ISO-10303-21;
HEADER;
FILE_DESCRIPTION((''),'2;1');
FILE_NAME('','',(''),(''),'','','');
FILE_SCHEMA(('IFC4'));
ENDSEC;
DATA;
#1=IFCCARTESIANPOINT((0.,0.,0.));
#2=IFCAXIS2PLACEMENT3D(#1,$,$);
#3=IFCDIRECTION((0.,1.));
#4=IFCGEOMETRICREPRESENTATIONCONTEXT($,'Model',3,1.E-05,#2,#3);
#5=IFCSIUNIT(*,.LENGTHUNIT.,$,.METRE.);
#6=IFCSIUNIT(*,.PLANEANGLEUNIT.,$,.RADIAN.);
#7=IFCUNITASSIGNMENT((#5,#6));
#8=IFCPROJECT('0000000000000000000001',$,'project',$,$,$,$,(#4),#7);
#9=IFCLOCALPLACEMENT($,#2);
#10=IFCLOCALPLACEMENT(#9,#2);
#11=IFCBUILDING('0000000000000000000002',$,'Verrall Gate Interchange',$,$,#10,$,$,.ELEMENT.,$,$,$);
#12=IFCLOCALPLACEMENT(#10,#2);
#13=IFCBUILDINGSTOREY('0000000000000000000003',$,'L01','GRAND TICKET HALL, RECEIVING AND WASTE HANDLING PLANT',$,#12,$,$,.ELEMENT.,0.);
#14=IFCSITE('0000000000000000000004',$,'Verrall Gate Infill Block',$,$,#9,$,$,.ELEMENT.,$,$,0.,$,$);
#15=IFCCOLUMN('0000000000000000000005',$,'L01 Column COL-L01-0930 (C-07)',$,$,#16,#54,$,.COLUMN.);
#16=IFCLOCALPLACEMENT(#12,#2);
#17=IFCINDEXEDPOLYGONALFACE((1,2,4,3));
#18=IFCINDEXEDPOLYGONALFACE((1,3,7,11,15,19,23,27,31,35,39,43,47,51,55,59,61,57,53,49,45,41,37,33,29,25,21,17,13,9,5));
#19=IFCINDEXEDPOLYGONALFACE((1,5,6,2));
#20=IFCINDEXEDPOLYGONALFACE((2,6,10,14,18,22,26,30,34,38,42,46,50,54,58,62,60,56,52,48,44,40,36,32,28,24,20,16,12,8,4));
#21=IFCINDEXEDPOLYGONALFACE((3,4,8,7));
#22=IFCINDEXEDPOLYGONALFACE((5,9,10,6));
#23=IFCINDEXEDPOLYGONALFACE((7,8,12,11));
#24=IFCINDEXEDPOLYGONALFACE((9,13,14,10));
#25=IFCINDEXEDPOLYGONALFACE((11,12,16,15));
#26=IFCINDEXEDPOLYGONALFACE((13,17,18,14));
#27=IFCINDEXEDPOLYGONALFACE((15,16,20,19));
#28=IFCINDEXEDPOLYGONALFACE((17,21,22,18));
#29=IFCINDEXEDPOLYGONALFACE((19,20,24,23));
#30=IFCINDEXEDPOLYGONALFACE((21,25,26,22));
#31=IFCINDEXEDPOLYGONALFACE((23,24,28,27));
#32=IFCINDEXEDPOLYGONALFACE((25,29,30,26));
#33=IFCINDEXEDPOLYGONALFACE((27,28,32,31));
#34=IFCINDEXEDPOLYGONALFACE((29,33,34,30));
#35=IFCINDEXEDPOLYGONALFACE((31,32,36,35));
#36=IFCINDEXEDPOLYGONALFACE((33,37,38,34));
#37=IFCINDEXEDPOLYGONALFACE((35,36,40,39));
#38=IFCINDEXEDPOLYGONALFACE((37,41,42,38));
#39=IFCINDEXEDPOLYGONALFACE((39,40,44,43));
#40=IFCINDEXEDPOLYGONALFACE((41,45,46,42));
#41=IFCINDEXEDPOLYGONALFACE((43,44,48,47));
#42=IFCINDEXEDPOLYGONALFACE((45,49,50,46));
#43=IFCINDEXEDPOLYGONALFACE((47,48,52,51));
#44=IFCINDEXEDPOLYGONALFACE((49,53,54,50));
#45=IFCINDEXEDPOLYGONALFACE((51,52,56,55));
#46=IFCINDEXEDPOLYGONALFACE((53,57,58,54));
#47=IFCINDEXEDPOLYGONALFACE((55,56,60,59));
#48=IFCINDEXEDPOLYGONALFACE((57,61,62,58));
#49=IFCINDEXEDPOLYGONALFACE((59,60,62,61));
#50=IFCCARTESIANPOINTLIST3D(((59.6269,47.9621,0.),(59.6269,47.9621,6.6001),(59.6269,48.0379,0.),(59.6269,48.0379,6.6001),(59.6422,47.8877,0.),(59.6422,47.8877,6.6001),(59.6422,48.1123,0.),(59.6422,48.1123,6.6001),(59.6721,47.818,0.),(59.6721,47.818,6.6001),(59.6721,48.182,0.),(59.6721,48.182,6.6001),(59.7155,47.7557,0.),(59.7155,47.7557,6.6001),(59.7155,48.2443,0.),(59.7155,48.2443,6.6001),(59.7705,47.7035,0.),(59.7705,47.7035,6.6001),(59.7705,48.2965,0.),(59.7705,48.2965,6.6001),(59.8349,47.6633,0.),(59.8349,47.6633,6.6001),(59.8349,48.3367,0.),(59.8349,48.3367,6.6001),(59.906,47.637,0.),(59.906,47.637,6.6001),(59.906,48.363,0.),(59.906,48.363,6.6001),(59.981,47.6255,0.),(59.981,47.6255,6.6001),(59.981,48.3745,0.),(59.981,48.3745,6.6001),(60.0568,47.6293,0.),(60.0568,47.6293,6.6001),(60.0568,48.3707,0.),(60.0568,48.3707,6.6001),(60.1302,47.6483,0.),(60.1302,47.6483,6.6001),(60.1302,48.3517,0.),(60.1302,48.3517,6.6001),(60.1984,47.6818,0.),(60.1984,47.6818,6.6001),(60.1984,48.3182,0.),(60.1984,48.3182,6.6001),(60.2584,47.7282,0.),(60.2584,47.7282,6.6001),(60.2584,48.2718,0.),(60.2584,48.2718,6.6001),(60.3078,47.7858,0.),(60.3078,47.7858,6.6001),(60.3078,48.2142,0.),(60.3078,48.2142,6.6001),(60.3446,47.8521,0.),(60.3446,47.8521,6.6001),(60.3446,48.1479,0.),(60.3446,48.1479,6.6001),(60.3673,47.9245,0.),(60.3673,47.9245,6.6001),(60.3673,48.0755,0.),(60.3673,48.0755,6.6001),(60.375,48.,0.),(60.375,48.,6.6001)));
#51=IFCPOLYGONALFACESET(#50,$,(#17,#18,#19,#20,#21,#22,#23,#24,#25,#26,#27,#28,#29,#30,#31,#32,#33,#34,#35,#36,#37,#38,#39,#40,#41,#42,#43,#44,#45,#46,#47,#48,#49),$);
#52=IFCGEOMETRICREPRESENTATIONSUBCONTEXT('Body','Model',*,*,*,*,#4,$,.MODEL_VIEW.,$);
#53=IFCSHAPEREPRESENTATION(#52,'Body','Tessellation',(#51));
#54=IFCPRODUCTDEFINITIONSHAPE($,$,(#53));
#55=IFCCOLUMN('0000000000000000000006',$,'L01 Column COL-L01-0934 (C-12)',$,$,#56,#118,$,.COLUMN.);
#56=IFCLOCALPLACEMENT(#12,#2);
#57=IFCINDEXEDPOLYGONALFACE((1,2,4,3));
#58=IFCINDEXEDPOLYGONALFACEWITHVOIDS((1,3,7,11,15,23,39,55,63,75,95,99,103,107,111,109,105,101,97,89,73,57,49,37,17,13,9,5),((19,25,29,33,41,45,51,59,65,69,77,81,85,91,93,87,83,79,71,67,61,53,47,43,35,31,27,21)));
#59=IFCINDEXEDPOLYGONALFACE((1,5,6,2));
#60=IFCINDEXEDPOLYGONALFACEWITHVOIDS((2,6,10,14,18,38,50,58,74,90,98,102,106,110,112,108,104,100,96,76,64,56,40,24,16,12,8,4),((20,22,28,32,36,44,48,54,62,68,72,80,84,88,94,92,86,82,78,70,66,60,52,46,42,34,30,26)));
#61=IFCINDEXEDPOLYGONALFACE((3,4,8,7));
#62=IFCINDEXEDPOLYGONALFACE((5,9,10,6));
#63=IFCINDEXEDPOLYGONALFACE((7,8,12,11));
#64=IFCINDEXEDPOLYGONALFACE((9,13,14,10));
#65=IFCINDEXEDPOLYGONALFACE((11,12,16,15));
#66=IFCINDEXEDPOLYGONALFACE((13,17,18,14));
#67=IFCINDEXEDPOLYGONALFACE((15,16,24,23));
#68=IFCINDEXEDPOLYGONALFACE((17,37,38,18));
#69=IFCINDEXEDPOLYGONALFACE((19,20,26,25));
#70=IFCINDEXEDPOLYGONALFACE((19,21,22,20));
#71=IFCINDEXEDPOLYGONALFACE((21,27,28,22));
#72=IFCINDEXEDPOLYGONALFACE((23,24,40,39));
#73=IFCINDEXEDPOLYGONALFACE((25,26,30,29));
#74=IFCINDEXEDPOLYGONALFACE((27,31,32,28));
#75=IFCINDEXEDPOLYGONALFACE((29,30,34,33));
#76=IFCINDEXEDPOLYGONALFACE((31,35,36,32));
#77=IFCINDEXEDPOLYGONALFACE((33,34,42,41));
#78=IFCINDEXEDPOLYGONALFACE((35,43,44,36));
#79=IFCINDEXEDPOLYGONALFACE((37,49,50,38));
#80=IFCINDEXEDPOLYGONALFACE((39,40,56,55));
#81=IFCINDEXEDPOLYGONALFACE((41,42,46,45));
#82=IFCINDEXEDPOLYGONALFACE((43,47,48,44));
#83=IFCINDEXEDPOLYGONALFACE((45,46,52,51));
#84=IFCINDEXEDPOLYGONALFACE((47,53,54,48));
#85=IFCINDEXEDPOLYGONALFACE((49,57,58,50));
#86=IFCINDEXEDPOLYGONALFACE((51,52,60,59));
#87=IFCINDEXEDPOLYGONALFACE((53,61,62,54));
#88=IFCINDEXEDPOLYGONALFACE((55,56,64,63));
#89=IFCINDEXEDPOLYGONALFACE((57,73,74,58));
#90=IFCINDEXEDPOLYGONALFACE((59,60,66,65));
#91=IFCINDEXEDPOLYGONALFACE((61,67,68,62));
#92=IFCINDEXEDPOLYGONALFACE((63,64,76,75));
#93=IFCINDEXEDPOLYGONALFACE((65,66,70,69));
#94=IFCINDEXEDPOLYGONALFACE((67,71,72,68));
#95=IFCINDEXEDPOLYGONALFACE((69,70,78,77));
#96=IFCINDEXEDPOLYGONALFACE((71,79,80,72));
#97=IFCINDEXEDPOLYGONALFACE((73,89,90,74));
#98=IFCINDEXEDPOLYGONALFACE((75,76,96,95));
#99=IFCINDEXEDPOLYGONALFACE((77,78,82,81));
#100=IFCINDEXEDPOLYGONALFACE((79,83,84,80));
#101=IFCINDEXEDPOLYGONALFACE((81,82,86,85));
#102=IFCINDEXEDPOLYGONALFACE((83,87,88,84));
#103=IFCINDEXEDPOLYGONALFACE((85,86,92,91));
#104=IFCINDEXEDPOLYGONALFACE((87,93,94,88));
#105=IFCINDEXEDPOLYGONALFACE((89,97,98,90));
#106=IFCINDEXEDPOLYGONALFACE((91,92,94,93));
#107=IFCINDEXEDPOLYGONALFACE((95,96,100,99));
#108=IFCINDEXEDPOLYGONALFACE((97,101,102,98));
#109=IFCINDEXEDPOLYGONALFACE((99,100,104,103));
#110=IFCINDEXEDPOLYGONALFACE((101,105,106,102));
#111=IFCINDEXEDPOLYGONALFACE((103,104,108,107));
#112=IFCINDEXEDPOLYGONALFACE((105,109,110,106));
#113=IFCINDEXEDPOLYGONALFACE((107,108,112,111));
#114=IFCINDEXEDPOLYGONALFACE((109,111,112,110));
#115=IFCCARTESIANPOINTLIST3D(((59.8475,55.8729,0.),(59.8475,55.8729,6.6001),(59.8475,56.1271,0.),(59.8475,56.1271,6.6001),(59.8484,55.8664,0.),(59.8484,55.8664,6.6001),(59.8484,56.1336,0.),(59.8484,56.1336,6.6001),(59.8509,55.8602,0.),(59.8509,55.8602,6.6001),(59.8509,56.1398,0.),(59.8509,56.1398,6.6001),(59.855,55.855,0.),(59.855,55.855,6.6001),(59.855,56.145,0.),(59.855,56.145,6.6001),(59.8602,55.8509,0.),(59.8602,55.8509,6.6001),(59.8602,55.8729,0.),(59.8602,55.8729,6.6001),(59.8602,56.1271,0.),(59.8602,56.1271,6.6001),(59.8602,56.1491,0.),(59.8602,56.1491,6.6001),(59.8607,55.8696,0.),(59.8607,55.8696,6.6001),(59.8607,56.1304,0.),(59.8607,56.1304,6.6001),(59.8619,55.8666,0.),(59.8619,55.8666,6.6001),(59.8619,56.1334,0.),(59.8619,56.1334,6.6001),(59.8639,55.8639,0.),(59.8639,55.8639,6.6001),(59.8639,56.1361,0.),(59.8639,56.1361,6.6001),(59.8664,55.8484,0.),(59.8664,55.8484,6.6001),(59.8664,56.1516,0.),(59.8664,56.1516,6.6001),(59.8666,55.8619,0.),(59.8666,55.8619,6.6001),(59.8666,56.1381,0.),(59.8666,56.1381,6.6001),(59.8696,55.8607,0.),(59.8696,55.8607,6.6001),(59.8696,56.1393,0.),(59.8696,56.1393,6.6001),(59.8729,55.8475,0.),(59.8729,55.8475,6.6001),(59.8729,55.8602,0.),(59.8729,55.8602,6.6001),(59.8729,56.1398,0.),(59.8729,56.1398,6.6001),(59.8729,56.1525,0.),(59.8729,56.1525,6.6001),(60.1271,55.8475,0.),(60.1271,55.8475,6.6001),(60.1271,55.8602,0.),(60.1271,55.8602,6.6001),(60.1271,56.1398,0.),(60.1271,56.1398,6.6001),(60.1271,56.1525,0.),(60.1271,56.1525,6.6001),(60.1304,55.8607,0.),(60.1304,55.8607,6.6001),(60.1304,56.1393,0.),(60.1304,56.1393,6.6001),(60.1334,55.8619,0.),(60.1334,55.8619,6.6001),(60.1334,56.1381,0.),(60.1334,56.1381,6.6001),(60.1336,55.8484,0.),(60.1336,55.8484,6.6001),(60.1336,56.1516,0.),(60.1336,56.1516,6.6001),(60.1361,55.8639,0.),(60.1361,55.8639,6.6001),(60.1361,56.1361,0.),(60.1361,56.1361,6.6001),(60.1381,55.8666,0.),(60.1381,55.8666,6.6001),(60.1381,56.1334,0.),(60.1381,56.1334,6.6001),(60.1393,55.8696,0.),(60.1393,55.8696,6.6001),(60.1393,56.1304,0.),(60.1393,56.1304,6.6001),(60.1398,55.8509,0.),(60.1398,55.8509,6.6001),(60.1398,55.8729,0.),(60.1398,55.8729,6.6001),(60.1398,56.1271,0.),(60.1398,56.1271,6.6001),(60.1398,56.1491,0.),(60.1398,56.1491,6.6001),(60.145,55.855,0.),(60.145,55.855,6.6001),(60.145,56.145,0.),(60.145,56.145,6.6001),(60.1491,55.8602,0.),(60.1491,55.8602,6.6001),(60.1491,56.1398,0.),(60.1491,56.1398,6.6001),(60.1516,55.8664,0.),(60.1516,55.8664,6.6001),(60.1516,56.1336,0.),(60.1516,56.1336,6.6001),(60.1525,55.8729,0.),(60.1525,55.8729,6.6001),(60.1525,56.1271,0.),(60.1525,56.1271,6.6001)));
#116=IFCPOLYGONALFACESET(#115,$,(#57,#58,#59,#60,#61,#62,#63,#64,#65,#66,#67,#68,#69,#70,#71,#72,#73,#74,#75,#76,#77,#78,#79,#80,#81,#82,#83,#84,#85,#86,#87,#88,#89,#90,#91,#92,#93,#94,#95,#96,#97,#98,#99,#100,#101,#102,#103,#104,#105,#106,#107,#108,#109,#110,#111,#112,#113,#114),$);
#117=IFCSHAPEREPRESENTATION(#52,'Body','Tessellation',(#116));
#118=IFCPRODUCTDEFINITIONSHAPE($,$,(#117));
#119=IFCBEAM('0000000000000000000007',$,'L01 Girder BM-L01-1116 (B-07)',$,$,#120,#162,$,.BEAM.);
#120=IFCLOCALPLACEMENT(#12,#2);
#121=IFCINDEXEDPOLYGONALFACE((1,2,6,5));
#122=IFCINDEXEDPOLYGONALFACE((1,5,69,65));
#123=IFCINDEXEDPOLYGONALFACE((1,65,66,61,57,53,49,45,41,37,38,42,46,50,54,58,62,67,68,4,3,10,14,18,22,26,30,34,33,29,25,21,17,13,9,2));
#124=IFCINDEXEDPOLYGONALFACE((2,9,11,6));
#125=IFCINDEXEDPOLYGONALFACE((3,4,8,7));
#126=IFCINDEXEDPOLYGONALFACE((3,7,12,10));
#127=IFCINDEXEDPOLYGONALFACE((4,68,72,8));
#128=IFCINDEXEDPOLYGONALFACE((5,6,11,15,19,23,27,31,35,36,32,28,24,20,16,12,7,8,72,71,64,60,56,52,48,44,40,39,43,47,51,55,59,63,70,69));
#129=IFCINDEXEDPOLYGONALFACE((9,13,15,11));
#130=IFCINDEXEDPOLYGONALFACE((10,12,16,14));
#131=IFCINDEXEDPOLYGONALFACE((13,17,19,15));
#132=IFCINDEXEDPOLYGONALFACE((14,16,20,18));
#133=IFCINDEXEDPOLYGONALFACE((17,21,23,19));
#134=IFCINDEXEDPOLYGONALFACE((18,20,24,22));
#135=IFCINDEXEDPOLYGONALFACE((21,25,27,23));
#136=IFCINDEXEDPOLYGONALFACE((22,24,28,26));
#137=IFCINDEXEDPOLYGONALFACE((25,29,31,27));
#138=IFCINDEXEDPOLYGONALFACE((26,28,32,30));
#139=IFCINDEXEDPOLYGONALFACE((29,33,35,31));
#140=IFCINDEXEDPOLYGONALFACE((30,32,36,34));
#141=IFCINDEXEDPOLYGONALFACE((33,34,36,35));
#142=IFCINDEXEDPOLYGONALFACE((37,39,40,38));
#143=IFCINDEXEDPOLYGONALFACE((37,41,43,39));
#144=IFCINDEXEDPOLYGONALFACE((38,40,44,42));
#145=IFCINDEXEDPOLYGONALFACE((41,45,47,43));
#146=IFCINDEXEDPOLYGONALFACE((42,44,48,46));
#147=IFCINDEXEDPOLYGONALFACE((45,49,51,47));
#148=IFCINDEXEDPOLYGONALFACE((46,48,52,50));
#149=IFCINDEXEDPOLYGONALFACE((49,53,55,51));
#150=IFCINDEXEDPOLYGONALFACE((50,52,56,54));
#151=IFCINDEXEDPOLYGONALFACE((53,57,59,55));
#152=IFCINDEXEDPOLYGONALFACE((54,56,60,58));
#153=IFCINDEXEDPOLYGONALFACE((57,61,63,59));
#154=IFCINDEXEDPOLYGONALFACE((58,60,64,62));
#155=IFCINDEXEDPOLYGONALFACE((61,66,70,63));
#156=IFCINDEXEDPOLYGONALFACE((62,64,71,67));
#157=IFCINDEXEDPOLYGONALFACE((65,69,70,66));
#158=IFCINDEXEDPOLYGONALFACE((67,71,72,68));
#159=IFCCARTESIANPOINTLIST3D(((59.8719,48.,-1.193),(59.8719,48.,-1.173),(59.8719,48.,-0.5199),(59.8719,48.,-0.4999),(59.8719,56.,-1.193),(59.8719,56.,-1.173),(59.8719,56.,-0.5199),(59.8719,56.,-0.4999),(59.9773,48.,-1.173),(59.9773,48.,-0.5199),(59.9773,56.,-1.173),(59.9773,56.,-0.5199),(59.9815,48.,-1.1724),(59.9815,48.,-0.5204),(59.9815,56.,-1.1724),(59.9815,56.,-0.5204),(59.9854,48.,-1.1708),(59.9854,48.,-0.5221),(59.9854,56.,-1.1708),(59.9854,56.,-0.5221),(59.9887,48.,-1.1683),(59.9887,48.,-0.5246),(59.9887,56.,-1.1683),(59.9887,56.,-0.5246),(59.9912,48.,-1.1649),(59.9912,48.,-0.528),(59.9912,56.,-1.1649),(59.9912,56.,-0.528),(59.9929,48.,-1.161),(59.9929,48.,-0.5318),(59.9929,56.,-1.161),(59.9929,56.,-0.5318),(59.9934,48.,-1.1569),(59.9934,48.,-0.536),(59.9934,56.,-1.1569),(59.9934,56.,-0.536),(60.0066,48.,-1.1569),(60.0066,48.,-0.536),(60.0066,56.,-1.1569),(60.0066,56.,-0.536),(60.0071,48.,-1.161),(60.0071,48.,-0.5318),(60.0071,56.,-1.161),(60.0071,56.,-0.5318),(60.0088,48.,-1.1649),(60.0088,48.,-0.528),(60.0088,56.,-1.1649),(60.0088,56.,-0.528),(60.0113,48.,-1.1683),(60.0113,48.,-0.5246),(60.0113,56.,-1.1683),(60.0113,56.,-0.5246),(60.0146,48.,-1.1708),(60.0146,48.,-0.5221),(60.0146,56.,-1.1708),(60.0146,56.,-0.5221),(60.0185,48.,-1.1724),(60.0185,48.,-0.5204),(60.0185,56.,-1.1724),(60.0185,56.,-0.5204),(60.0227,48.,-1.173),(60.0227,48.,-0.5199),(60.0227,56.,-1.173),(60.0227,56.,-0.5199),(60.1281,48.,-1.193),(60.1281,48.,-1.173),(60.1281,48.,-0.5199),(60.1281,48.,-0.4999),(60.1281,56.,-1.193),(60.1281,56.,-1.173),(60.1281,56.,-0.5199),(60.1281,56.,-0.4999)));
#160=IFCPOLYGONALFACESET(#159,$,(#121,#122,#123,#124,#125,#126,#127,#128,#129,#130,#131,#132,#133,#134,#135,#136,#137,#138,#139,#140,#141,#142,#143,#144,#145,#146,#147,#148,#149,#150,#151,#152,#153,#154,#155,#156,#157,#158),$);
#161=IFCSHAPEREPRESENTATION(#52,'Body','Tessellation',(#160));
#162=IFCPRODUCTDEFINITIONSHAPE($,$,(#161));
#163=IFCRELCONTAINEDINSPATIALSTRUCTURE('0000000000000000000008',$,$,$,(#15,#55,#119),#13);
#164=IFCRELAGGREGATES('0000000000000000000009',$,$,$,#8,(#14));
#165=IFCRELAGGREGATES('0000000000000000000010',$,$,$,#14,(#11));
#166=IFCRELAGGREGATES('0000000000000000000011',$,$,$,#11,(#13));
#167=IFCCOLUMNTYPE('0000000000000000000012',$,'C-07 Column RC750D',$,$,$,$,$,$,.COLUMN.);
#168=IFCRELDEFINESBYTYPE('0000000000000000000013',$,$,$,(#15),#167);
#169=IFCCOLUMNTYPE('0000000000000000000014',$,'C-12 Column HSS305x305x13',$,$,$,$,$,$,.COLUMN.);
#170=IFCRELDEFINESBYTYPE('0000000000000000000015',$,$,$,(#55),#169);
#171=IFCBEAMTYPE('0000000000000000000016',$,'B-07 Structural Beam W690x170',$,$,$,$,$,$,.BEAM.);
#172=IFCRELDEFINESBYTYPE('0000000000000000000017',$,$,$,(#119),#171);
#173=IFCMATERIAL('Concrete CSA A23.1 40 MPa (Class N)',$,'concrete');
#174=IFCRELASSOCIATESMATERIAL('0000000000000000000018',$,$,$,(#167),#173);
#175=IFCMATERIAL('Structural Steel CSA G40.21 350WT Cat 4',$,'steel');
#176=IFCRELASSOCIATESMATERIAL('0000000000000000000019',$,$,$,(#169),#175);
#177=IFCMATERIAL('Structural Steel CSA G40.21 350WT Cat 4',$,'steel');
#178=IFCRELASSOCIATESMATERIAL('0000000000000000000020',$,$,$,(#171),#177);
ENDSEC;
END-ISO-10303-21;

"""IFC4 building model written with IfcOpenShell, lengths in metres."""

from ifc_helpers import new_model, si_unit, direction, frame, origin, origin_2d, place, context, subcontext, project, spatial, hollow_rectangle, circle, i_section, extrude, material, material_profile, profile_set, type_object, element, save


model = new_model("IFC4")

# Units and contexts
model_context = context("Model", 3, precision=1e-05, world=origin(), true_north=direction((0.0, 1.0)))
body_context = subcontext(model_context, "Body", "Model", "MODEL_VIEW")
ifc_project = project(units=[si_unit("LENGTHUNIT", "METRE"), si_unit("PLANEANGLEUNIT", "RADIAN")], contexts=[model_context])

# Site, building, storey
site_placement = place(None, origin())
site = spatial("IfcSite", under=ifc_project, at=site_placement, Name="Verrall Gate Infill Block", CompositionType="ELEMENT", RefElevation=0.0)
building_placement = place(site_placement, origin())
building = spatial("IfcBuilding", under=site, at=building_placement, Name="Verrall Gate Interchange", CompositionType="ELEMENT")
storey_placement = place(building_placement, origin())
storey = spatial("IfcBuildingStorey", under=building, at=storey_placement, Name="L01", Description="GRAND TICKET HALL, RECEIVING AND WASTE HANDLING PLANT", CompositionType="ELEMENT", Elevation=0.0)

# Columns
ifc_material_1 = material(Name="Concrete CSA A23.1 40 MPa (Class N)", Category="concrete")
ifc_material_profile_1 = material_profile(ifc_material_1, circle(Radius=0.375, at=origin_2d()), Name="RC750D")
ifc_profile_set_1 = profile_set([ifc_material_profile_1], Name="Concrete CSA A23.1 40 MPa (Class N)")
column_type_1 = type_object("IfcColumnType", Name="C-07 Column RC750D", PredefinedType="COLUMN", material=ifc_profile_set_1)
column_1_placement = place(storey_placement, frame((60.0, 48.0, 0.0), z_axis=(0.0, 0.0, 1.0), x_axis=(1.0, 0.0, 0.0)))
element("IfcColumn", 1, at=column_1_placement, inside=storey, type_object=column_type_1, Name="L01 Column COL-L01-0930 (C-07)", PredefinedType="COLUMN", context=body_context, shape_type="SweptSolid", body=[
    extrude(circle(Radius=0.375, at=origin_2d()), origin(), (0.0, 0.0, 1.0), 6.6001),
])
ifc_material_2 = material(Name="Structural Steel CSA G40.21 350WT Cat 4", Category="steel")
ifc_material_profile_2 = material_profile(ifc_material_2, hollow_rectangle(XDim=0.3049, YDim=0.3049, WallThickness=0.0127, InnerFilletRadius=0.0127, OuterFilletRadius=0.0254, at=origin_2d()), Name="HSS305x305x13")
ifc_profile_set_2 = profile_set([ifc_material_profile_2], Name="Structural Steel CSA G40.21 350WT Cat 4")
column_type_2 = type_object("IfcColumnType", Name="C-12 Column HSS305x305x13", PredefinedType="COLUMN", material=ifc_profile_set_2)
column_2_placement = place(storey_placement, frame((60.0, 56.0, 0.0), z_axis=(0.0, 0.0, 1.0), x_axis=(1.0, 0.0, 0.0)))
element("IfcColumn", 2, at=column_2_placement, inside=storey, type_object=column_type_2, Name="L01 Column COL-L01-0934 (C-12)", PredefinedType="COLUMN", context=body_context, shape_type="SweptSolid", body=[
    extrude(hollow_rectangle(XDim=0.3049, YDim=0.3049, WallThickness=0.0127, InnerFilletRadius=0.0127, OuterFilletRadius=0.0254, at=origin_2d()), origin(), (0.0, 0.0, 1.0), 6.6001),
])

# Beam
ifc_material_3 = material(Name="Structural Steel CSA G40.21 350WT Cat 4", Category="steel")
ifc_material_profile_3 = material_profile(ifc_material_3, i_section(OverallWidth=0.2561, OverallDepth=0.6931, WebThickness=0.0132, FlangeThickness=0.02, FilletRadius=0.0161, at=origin_2d()), Name="W690x170")
ifc_profile_set_3 = profile_set([ifc_material_profile_3], Name="Structural Steel CSA G40.21 350WT Cat 4")
beam_type_1 = type_object("IfcBeamType", Name="B-07 Structural Beam W690x170", PredefinedType="BEAM", material=ifc_profile_set_3)
beam_1_placement = place(storey_placement, frame((60.0, 48.0, -0.8464), z_axis=(0.0, 1.0, 0.0), x_axis=(-1.0, 0.0, 0.0)))
element("IfcBeam", 3, at=beam_1_placement, inside=storey, type_object=beam_type_1, Name="L01 Girder BM-L01-1116 (B-07)", PredefinedType="BEAM", context=body_context, shape_type="SweptSolid", body=[
    extrude(i_section(OverallWidth=0.2561, OverallDepth=0.6931, WebThickness=0.0132, FlangeThickness=0.02, FilletRadius=0.0161, at=origin_2d()), origin(), (0.0, 0.0, 1.0), 8.0),
])

save(model, "model.ifc")
